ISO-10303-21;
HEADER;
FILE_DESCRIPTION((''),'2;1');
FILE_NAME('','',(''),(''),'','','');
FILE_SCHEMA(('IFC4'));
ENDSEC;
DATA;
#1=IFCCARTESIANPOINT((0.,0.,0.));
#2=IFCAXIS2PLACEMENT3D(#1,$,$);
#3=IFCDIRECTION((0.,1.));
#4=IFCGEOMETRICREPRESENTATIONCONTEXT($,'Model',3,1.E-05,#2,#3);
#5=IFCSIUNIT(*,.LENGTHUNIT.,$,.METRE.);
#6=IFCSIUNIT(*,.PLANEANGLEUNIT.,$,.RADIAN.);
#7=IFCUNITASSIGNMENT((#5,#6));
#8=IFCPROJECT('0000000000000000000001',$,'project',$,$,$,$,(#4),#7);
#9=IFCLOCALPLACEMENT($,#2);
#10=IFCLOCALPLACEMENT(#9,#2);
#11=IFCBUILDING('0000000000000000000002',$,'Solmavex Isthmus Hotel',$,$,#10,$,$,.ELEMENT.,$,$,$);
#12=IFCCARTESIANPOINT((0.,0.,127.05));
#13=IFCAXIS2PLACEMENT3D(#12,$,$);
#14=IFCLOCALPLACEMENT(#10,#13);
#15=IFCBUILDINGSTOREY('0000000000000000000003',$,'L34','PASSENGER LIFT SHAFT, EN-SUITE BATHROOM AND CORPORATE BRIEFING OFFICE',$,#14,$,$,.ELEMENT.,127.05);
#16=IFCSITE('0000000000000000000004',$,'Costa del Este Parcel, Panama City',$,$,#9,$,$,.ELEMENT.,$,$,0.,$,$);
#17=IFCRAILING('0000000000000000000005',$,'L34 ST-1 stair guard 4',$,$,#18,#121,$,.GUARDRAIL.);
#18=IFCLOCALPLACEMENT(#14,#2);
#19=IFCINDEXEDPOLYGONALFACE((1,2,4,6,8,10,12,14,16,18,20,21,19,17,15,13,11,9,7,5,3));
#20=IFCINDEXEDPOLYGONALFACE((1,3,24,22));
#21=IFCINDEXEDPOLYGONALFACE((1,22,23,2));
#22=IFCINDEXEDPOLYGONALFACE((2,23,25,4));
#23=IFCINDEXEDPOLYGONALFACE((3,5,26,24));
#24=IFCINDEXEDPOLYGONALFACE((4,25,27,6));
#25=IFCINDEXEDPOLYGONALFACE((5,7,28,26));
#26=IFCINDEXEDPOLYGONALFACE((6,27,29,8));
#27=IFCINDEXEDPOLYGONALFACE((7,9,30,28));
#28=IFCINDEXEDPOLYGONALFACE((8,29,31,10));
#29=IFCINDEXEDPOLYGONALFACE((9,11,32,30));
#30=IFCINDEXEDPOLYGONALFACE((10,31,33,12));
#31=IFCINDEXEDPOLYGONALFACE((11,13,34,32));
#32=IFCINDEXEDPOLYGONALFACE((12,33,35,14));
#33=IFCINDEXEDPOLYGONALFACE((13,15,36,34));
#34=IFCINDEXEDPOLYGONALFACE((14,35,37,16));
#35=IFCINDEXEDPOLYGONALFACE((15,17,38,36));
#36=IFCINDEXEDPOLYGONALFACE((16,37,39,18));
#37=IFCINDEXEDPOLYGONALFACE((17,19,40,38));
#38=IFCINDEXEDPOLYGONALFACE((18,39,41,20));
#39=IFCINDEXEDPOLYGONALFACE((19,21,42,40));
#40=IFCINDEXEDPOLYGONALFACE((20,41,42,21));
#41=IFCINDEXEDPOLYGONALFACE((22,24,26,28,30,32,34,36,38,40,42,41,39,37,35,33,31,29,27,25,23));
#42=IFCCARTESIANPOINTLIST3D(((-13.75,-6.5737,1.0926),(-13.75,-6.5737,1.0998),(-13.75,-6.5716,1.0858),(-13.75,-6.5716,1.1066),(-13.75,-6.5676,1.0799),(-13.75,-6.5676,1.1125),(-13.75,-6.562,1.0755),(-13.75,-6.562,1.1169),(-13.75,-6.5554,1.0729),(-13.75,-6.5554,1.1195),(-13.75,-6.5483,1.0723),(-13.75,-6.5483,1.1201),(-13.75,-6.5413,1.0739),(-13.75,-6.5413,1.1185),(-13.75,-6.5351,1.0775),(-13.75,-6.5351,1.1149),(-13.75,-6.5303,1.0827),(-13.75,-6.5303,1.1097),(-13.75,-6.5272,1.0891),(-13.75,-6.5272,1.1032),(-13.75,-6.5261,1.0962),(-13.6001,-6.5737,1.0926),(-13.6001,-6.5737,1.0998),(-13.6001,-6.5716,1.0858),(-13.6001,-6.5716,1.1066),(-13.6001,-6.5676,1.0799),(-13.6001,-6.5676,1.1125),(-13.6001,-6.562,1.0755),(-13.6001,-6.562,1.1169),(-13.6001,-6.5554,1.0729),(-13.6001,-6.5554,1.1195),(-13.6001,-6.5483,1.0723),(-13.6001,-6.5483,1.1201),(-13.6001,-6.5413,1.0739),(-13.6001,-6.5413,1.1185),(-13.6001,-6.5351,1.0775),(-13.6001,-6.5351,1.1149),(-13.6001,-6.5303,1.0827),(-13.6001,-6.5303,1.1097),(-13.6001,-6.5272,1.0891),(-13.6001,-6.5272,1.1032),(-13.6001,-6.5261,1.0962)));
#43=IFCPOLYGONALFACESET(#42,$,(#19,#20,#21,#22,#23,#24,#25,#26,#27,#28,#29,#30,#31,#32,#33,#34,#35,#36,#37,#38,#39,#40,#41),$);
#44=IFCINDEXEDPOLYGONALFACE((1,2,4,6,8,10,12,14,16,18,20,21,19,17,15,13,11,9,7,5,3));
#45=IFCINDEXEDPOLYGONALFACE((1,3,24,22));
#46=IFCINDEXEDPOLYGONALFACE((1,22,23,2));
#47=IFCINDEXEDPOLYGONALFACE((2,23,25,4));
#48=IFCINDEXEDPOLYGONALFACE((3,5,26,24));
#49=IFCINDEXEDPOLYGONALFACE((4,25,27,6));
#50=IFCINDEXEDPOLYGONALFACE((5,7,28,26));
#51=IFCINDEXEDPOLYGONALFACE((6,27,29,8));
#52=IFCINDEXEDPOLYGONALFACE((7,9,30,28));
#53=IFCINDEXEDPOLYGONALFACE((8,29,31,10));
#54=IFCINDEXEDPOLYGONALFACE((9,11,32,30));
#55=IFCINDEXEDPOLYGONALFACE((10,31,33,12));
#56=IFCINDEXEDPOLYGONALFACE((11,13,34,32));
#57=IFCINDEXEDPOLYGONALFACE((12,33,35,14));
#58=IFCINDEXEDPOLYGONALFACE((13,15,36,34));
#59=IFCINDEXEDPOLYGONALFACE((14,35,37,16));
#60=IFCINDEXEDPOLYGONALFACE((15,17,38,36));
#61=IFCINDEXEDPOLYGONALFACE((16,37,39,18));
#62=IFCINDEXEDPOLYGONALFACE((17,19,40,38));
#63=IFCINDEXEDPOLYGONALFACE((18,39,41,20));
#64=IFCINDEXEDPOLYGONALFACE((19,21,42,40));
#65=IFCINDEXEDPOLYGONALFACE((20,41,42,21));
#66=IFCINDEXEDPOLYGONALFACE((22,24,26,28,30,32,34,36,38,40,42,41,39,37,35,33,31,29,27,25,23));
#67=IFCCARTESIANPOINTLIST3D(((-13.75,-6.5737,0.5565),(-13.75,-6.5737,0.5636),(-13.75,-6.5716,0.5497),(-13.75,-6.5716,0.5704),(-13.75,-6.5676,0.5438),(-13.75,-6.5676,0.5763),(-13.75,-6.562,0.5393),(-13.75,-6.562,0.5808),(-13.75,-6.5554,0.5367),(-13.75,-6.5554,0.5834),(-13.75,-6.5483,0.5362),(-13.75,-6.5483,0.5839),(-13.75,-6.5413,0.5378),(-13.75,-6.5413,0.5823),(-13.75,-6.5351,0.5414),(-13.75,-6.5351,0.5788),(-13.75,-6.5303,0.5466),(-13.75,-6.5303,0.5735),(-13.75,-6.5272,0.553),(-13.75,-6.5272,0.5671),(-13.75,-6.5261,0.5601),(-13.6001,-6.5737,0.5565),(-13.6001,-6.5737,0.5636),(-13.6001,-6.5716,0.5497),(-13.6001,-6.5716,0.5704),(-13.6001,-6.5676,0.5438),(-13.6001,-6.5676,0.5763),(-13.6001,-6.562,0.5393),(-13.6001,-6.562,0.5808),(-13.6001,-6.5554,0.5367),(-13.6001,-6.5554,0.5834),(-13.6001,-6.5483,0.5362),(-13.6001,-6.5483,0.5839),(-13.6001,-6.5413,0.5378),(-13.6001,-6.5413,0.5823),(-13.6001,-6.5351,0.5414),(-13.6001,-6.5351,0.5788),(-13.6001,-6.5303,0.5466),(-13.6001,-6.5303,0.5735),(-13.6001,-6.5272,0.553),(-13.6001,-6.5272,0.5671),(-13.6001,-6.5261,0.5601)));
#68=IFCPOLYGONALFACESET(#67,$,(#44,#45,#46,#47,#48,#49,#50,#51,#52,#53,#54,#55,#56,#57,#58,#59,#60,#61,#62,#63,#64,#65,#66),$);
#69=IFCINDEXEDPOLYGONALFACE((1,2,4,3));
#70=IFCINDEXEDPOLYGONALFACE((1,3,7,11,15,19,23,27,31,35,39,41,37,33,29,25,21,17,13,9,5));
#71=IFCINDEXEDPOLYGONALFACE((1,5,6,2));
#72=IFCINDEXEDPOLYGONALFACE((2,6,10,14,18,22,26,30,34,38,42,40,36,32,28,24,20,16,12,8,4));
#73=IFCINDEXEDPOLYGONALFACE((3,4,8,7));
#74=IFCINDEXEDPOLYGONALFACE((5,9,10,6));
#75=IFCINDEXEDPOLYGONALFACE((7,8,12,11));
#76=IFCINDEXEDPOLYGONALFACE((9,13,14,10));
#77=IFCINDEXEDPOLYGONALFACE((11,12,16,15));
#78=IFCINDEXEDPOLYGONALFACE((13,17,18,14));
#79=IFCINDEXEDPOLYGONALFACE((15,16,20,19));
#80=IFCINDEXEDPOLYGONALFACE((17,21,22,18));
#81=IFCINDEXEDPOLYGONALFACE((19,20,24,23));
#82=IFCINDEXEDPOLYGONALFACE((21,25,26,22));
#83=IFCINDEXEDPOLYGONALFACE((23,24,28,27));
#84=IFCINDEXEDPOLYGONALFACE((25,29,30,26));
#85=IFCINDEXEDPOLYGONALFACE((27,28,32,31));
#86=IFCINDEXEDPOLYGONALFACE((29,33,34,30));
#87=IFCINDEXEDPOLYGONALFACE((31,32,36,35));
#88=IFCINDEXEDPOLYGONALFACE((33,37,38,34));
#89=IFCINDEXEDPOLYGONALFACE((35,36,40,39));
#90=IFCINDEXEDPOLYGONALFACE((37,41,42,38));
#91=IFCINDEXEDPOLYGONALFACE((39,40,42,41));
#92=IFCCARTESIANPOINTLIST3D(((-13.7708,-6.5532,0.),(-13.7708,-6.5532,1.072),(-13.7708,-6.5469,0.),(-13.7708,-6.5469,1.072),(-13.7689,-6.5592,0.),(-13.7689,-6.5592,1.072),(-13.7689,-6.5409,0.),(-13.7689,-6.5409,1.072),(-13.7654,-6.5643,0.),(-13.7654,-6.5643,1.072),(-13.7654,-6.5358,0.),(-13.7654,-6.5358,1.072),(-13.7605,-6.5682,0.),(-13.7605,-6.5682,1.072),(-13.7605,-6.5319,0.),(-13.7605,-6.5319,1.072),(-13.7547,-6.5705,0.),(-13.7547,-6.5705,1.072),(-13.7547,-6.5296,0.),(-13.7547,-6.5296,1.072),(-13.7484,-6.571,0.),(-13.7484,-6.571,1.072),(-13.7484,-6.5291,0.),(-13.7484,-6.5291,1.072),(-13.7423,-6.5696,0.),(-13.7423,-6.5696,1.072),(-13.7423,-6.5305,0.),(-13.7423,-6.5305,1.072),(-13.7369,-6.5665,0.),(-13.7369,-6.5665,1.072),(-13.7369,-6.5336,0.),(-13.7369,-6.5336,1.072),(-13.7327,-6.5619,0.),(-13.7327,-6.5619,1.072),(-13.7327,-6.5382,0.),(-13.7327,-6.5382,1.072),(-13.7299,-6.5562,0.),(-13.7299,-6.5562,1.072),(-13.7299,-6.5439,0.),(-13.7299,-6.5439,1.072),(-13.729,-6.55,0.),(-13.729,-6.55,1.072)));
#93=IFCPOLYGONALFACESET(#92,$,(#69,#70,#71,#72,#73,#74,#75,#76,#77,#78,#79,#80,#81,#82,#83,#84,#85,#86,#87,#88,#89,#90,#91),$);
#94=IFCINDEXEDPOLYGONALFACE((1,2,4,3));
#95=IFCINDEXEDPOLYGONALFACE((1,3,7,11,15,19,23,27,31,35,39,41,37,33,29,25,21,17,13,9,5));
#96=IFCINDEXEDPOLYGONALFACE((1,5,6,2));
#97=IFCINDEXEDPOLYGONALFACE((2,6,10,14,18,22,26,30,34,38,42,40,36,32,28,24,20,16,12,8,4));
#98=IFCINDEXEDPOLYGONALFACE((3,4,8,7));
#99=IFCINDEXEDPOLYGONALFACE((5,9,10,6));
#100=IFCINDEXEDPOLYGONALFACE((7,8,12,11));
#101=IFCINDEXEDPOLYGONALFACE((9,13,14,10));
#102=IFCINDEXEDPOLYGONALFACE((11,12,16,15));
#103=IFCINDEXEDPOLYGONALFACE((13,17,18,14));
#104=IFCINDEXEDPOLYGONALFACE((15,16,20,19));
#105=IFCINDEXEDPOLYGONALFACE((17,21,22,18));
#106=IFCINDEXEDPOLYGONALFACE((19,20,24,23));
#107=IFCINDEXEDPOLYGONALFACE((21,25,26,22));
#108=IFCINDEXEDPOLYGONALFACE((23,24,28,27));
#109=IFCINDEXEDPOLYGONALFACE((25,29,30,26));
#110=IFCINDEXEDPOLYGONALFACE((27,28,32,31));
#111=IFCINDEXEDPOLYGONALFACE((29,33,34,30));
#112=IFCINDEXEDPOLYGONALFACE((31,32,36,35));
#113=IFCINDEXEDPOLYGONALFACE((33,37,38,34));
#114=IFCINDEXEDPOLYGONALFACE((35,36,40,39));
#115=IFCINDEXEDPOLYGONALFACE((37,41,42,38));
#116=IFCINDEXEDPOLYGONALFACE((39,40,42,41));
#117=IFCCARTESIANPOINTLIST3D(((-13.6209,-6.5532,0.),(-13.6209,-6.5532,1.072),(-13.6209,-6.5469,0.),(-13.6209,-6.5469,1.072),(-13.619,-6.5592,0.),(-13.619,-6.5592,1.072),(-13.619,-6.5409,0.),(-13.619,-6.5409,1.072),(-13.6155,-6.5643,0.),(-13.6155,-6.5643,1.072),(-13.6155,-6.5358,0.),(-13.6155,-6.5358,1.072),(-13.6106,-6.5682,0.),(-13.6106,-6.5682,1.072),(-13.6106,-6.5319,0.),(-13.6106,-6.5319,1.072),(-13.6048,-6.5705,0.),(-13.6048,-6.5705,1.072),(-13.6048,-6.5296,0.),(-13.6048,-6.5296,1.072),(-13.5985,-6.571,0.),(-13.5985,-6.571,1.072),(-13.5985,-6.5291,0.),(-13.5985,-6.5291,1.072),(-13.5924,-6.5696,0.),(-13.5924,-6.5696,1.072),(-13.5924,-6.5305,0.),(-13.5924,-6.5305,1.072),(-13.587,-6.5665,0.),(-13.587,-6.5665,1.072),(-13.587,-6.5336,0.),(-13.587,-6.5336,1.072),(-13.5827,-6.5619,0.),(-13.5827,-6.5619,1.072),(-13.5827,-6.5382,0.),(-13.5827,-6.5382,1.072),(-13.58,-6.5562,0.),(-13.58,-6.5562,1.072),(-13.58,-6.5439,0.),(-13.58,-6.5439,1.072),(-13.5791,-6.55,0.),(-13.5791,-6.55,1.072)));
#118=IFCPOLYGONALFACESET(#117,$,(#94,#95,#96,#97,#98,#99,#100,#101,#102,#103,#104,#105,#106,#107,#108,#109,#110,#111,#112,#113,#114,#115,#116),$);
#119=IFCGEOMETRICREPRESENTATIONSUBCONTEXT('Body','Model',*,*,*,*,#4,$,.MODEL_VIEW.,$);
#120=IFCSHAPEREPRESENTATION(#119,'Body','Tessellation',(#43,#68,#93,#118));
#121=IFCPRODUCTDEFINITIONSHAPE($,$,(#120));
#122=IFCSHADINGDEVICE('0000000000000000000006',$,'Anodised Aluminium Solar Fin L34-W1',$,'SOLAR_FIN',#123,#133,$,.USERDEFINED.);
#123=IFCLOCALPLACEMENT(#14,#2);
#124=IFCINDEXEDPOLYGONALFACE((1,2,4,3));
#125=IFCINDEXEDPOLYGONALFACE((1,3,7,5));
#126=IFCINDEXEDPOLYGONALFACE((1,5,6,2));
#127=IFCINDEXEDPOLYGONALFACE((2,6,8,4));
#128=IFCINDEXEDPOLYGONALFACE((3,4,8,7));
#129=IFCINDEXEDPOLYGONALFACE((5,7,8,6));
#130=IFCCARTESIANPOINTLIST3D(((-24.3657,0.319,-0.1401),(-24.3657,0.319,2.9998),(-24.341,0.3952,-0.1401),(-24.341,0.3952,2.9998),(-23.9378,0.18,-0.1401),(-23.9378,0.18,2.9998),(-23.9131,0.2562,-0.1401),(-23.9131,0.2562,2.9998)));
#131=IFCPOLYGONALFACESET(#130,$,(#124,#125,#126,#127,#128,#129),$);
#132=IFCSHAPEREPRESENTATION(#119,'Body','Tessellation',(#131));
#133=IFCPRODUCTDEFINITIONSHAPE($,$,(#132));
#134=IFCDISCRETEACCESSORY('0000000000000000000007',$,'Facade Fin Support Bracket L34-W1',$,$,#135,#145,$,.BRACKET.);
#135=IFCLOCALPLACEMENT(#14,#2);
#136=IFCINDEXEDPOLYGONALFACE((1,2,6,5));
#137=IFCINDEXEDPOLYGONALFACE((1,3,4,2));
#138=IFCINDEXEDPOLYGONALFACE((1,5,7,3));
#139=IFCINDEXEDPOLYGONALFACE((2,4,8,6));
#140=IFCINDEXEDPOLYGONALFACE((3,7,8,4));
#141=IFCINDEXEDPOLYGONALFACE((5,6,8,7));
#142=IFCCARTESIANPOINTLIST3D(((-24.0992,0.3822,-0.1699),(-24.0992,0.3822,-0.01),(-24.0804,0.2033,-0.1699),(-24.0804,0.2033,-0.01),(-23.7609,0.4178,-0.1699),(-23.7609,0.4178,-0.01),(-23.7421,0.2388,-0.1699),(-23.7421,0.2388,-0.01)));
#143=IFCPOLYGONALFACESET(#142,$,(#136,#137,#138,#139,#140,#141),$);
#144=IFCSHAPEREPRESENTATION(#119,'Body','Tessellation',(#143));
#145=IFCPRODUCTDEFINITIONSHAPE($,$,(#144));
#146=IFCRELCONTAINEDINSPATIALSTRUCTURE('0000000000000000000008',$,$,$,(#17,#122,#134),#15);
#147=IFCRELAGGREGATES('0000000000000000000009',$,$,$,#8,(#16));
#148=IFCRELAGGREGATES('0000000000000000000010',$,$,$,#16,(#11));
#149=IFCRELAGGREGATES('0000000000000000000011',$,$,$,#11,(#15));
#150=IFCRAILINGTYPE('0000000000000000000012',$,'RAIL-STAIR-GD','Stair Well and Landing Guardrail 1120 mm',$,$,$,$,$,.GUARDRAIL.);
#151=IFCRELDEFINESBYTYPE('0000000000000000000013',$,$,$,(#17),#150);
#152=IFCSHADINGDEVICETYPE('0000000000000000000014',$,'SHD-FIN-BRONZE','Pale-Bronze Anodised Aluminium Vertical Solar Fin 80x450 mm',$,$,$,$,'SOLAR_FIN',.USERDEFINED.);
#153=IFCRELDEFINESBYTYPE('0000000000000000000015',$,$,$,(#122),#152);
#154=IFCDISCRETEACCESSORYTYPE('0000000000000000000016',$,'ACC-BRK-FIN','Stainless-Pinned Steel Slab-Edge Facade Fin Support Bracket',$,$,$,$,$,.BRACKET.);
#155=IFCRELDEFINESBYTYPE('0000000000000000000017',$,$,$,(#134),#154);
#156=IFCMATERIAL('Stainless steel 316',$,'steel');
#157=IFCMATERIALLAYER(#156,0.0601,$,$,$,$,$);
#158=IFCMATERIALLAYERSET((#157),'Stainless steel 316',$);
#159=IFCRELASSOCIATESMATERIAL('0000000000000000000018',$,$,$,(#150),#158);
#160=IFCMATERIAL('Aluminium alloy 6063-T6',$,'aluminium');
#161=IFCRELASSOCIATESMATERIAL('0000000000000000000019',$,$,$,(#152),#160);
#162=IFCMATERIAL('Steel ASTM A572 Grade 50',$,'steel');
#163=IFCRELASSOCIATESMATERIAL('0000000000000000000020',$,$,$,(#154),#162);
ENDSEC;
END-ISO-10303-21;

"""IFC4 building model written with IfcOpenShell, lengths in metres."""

from ifc_helpers import new_model, si_unit, direction, frame, origin, origin_2d, place, context, subcontext, project, spatial, rectangle, circle, extrude, material, layer, layer_set, type_object, element, save


model = new_model("IFC4")

# Units and contexts
model_context = context("Model", 3, precision=1e-05, world=origin(), true_north=direction((0.0, 1.0)))
body_context = subcontext(model_context, "Body", "Model", "MODEL_VIEW")
ifc_project = project(units=[si_unit("LENGTHUNIT", "METRE"), si_unit("PLANEANGLEUNIT", "RADIAN")], contexts=[model_context])

# Site, building, storey
site_placement = place(None, origin())
site = spatial("IfcSite", under=ifc_project, at=site_placement, Name="Costa del Este Parcel, Panama City", CompositionType="ELEMENT", RefElevation=0.0)
building_placement = place(site_placement, origin())
building = spatial("IfcBuilding", under=site, at=building_placement, Name="Solmavex Isthmus Hotel", CompositionType="ELEMENT")
storey_placement = place(building_placement, frame((0.0, 0.0, 127.05)))
storey = spatial("IfcBuildingStorey", under=building, at=storey_placement, Name="L34", Description="PASSENGER LIFT SHAFT, EN-SUITE BATHROOM AND CORPORATE BRIEFING OFFICE", CompositionType="ELEMENT", Elevation=127.05)

# Shared definitions
ifc_material_1 = material(Name="Aluminium alloy 6063-T6", Category="aluminium")

# Railing
ifc_material_2 = material(Name="Stainless steel 316", Category="steel")
ifc_layer_1 = layer(ifc_material_2, 0.0601)
ifc_layer_set_1 = layer_set([ifc_layer_1], Name="Stainless steel 316")
railing_type_1 = type_object("IfcRailingType", Name="RAIL-STAIR-GD", Description="Stair Well and Landing Guardrail 1120 mm", PredefinedType="GUARDRAIL", material=ifc_layer_set_1)
railing_1_placement = place(storey_placement, frame((-13.75, -6.55, 0.0)))
element("IfcRailing", 1, at=railing_1_placement, inside=storey, type_object=railing_type_1, Name="L34 ST-1 stair guard 4", PredefinedType="GUARDRAIL", context=body_context, shape_type="SweptSolid", body=[
    extrude(circle(Radius=0.0239, at=origin_2d()), frame((0.0, 0.0, 1.0962), z_axis=(1.0, 0.0, 0.0), x_axis=(0.0, 1.0, 0.0)), (0.0, 0.0, 1.0), 0.1499),
    extrude(circle(Radius=0.0239, at=origin_2d()), frame((0.0, 0.0, 0.5601), z_axis=(1.0, 0.0, 0.0), x_axis=(0.0, 1.0, 0.0)), (0.0, 0.0, 1.0), 0.1499),
    extrude(circle(Radius=0.021, at=origin_2d()), origin(), (0.0, 0.0, 1.0), 1.072),
    extrude(circle(Radius=0.021, at=origin_2d()), frame((0.1499, 0.0, 0.0)), (0.0, 0.0, 1.0), 1.072),
])

# Shading device
shading_device_type = type_object("IfcShadingDeviceType", Name="SHD-FIN-BRONZE", Description="Pale-Bronze Anodised Aluminium Vertical Solar Fin 80x450 mm", ElementType="SOLAR_FIN", PredefinedType="USERDEFINED", material=ifc_material_1)
shading_device_placement = place(storey_placement, frame((-24.1394, 0.2876, -0.1401), z_axis=(0.0, 0.0, 1.0), x_axis=(-0.951057, 0.309017, 0.0)))
element("IfcShadingDevice", 2, at=shading_device_placement, inside=storey, type_object=shading_device_type, Name="Anodised Aluminium Solar Fin L34-W1", ObjectType="SOLAR_FIN", PredefinedType="USERDEFINED", context=body_context, shape_type="SweptSolid", body=[
    extrude(rectangle(XDim=0.45, YDim=0.0801, at=origin_2d()), origin(), (0.0, 0.0, 1.0), 3.1399),
])

# Discrete accessory
ifc_material_3 = material(Name="Steel ASTM A572 Grade 50", Category="steel")
discrete_accessory_type = type_object("IfcDiscreteAccessoryType", Name="ACC-BRK-FIN", Description="Stainless-Pinned Steel Slab-Edge Facade Fin Support Bracket", PredefinedType="BRACKET", material=ifc_material_3)
discrete_accessory_placement = place(storey_placement, frame((-23.9207, 0.3105, -0.1699), z_axis=(0.0, 0.0, 1.0), x_axis=(-0.994522, -0.104528, 0.0)))
element("IfcDiscreteAccessory", 3, at=discrete_accessory_placement, inside=storey, type_object=discrete_accessory_type, Name="Facade Fin Support Bracket L34-W1", PredefinedType="BRACKET", context=body_context, shape_type="SweptSolid", body=[
    extrude(rectangle(XDim=0.3401, YDim=0.1799, at=origin_2d()), origin(), (0.0, 0.0, 1.0), 0.1599),
])

save(model, "model.ifc")
